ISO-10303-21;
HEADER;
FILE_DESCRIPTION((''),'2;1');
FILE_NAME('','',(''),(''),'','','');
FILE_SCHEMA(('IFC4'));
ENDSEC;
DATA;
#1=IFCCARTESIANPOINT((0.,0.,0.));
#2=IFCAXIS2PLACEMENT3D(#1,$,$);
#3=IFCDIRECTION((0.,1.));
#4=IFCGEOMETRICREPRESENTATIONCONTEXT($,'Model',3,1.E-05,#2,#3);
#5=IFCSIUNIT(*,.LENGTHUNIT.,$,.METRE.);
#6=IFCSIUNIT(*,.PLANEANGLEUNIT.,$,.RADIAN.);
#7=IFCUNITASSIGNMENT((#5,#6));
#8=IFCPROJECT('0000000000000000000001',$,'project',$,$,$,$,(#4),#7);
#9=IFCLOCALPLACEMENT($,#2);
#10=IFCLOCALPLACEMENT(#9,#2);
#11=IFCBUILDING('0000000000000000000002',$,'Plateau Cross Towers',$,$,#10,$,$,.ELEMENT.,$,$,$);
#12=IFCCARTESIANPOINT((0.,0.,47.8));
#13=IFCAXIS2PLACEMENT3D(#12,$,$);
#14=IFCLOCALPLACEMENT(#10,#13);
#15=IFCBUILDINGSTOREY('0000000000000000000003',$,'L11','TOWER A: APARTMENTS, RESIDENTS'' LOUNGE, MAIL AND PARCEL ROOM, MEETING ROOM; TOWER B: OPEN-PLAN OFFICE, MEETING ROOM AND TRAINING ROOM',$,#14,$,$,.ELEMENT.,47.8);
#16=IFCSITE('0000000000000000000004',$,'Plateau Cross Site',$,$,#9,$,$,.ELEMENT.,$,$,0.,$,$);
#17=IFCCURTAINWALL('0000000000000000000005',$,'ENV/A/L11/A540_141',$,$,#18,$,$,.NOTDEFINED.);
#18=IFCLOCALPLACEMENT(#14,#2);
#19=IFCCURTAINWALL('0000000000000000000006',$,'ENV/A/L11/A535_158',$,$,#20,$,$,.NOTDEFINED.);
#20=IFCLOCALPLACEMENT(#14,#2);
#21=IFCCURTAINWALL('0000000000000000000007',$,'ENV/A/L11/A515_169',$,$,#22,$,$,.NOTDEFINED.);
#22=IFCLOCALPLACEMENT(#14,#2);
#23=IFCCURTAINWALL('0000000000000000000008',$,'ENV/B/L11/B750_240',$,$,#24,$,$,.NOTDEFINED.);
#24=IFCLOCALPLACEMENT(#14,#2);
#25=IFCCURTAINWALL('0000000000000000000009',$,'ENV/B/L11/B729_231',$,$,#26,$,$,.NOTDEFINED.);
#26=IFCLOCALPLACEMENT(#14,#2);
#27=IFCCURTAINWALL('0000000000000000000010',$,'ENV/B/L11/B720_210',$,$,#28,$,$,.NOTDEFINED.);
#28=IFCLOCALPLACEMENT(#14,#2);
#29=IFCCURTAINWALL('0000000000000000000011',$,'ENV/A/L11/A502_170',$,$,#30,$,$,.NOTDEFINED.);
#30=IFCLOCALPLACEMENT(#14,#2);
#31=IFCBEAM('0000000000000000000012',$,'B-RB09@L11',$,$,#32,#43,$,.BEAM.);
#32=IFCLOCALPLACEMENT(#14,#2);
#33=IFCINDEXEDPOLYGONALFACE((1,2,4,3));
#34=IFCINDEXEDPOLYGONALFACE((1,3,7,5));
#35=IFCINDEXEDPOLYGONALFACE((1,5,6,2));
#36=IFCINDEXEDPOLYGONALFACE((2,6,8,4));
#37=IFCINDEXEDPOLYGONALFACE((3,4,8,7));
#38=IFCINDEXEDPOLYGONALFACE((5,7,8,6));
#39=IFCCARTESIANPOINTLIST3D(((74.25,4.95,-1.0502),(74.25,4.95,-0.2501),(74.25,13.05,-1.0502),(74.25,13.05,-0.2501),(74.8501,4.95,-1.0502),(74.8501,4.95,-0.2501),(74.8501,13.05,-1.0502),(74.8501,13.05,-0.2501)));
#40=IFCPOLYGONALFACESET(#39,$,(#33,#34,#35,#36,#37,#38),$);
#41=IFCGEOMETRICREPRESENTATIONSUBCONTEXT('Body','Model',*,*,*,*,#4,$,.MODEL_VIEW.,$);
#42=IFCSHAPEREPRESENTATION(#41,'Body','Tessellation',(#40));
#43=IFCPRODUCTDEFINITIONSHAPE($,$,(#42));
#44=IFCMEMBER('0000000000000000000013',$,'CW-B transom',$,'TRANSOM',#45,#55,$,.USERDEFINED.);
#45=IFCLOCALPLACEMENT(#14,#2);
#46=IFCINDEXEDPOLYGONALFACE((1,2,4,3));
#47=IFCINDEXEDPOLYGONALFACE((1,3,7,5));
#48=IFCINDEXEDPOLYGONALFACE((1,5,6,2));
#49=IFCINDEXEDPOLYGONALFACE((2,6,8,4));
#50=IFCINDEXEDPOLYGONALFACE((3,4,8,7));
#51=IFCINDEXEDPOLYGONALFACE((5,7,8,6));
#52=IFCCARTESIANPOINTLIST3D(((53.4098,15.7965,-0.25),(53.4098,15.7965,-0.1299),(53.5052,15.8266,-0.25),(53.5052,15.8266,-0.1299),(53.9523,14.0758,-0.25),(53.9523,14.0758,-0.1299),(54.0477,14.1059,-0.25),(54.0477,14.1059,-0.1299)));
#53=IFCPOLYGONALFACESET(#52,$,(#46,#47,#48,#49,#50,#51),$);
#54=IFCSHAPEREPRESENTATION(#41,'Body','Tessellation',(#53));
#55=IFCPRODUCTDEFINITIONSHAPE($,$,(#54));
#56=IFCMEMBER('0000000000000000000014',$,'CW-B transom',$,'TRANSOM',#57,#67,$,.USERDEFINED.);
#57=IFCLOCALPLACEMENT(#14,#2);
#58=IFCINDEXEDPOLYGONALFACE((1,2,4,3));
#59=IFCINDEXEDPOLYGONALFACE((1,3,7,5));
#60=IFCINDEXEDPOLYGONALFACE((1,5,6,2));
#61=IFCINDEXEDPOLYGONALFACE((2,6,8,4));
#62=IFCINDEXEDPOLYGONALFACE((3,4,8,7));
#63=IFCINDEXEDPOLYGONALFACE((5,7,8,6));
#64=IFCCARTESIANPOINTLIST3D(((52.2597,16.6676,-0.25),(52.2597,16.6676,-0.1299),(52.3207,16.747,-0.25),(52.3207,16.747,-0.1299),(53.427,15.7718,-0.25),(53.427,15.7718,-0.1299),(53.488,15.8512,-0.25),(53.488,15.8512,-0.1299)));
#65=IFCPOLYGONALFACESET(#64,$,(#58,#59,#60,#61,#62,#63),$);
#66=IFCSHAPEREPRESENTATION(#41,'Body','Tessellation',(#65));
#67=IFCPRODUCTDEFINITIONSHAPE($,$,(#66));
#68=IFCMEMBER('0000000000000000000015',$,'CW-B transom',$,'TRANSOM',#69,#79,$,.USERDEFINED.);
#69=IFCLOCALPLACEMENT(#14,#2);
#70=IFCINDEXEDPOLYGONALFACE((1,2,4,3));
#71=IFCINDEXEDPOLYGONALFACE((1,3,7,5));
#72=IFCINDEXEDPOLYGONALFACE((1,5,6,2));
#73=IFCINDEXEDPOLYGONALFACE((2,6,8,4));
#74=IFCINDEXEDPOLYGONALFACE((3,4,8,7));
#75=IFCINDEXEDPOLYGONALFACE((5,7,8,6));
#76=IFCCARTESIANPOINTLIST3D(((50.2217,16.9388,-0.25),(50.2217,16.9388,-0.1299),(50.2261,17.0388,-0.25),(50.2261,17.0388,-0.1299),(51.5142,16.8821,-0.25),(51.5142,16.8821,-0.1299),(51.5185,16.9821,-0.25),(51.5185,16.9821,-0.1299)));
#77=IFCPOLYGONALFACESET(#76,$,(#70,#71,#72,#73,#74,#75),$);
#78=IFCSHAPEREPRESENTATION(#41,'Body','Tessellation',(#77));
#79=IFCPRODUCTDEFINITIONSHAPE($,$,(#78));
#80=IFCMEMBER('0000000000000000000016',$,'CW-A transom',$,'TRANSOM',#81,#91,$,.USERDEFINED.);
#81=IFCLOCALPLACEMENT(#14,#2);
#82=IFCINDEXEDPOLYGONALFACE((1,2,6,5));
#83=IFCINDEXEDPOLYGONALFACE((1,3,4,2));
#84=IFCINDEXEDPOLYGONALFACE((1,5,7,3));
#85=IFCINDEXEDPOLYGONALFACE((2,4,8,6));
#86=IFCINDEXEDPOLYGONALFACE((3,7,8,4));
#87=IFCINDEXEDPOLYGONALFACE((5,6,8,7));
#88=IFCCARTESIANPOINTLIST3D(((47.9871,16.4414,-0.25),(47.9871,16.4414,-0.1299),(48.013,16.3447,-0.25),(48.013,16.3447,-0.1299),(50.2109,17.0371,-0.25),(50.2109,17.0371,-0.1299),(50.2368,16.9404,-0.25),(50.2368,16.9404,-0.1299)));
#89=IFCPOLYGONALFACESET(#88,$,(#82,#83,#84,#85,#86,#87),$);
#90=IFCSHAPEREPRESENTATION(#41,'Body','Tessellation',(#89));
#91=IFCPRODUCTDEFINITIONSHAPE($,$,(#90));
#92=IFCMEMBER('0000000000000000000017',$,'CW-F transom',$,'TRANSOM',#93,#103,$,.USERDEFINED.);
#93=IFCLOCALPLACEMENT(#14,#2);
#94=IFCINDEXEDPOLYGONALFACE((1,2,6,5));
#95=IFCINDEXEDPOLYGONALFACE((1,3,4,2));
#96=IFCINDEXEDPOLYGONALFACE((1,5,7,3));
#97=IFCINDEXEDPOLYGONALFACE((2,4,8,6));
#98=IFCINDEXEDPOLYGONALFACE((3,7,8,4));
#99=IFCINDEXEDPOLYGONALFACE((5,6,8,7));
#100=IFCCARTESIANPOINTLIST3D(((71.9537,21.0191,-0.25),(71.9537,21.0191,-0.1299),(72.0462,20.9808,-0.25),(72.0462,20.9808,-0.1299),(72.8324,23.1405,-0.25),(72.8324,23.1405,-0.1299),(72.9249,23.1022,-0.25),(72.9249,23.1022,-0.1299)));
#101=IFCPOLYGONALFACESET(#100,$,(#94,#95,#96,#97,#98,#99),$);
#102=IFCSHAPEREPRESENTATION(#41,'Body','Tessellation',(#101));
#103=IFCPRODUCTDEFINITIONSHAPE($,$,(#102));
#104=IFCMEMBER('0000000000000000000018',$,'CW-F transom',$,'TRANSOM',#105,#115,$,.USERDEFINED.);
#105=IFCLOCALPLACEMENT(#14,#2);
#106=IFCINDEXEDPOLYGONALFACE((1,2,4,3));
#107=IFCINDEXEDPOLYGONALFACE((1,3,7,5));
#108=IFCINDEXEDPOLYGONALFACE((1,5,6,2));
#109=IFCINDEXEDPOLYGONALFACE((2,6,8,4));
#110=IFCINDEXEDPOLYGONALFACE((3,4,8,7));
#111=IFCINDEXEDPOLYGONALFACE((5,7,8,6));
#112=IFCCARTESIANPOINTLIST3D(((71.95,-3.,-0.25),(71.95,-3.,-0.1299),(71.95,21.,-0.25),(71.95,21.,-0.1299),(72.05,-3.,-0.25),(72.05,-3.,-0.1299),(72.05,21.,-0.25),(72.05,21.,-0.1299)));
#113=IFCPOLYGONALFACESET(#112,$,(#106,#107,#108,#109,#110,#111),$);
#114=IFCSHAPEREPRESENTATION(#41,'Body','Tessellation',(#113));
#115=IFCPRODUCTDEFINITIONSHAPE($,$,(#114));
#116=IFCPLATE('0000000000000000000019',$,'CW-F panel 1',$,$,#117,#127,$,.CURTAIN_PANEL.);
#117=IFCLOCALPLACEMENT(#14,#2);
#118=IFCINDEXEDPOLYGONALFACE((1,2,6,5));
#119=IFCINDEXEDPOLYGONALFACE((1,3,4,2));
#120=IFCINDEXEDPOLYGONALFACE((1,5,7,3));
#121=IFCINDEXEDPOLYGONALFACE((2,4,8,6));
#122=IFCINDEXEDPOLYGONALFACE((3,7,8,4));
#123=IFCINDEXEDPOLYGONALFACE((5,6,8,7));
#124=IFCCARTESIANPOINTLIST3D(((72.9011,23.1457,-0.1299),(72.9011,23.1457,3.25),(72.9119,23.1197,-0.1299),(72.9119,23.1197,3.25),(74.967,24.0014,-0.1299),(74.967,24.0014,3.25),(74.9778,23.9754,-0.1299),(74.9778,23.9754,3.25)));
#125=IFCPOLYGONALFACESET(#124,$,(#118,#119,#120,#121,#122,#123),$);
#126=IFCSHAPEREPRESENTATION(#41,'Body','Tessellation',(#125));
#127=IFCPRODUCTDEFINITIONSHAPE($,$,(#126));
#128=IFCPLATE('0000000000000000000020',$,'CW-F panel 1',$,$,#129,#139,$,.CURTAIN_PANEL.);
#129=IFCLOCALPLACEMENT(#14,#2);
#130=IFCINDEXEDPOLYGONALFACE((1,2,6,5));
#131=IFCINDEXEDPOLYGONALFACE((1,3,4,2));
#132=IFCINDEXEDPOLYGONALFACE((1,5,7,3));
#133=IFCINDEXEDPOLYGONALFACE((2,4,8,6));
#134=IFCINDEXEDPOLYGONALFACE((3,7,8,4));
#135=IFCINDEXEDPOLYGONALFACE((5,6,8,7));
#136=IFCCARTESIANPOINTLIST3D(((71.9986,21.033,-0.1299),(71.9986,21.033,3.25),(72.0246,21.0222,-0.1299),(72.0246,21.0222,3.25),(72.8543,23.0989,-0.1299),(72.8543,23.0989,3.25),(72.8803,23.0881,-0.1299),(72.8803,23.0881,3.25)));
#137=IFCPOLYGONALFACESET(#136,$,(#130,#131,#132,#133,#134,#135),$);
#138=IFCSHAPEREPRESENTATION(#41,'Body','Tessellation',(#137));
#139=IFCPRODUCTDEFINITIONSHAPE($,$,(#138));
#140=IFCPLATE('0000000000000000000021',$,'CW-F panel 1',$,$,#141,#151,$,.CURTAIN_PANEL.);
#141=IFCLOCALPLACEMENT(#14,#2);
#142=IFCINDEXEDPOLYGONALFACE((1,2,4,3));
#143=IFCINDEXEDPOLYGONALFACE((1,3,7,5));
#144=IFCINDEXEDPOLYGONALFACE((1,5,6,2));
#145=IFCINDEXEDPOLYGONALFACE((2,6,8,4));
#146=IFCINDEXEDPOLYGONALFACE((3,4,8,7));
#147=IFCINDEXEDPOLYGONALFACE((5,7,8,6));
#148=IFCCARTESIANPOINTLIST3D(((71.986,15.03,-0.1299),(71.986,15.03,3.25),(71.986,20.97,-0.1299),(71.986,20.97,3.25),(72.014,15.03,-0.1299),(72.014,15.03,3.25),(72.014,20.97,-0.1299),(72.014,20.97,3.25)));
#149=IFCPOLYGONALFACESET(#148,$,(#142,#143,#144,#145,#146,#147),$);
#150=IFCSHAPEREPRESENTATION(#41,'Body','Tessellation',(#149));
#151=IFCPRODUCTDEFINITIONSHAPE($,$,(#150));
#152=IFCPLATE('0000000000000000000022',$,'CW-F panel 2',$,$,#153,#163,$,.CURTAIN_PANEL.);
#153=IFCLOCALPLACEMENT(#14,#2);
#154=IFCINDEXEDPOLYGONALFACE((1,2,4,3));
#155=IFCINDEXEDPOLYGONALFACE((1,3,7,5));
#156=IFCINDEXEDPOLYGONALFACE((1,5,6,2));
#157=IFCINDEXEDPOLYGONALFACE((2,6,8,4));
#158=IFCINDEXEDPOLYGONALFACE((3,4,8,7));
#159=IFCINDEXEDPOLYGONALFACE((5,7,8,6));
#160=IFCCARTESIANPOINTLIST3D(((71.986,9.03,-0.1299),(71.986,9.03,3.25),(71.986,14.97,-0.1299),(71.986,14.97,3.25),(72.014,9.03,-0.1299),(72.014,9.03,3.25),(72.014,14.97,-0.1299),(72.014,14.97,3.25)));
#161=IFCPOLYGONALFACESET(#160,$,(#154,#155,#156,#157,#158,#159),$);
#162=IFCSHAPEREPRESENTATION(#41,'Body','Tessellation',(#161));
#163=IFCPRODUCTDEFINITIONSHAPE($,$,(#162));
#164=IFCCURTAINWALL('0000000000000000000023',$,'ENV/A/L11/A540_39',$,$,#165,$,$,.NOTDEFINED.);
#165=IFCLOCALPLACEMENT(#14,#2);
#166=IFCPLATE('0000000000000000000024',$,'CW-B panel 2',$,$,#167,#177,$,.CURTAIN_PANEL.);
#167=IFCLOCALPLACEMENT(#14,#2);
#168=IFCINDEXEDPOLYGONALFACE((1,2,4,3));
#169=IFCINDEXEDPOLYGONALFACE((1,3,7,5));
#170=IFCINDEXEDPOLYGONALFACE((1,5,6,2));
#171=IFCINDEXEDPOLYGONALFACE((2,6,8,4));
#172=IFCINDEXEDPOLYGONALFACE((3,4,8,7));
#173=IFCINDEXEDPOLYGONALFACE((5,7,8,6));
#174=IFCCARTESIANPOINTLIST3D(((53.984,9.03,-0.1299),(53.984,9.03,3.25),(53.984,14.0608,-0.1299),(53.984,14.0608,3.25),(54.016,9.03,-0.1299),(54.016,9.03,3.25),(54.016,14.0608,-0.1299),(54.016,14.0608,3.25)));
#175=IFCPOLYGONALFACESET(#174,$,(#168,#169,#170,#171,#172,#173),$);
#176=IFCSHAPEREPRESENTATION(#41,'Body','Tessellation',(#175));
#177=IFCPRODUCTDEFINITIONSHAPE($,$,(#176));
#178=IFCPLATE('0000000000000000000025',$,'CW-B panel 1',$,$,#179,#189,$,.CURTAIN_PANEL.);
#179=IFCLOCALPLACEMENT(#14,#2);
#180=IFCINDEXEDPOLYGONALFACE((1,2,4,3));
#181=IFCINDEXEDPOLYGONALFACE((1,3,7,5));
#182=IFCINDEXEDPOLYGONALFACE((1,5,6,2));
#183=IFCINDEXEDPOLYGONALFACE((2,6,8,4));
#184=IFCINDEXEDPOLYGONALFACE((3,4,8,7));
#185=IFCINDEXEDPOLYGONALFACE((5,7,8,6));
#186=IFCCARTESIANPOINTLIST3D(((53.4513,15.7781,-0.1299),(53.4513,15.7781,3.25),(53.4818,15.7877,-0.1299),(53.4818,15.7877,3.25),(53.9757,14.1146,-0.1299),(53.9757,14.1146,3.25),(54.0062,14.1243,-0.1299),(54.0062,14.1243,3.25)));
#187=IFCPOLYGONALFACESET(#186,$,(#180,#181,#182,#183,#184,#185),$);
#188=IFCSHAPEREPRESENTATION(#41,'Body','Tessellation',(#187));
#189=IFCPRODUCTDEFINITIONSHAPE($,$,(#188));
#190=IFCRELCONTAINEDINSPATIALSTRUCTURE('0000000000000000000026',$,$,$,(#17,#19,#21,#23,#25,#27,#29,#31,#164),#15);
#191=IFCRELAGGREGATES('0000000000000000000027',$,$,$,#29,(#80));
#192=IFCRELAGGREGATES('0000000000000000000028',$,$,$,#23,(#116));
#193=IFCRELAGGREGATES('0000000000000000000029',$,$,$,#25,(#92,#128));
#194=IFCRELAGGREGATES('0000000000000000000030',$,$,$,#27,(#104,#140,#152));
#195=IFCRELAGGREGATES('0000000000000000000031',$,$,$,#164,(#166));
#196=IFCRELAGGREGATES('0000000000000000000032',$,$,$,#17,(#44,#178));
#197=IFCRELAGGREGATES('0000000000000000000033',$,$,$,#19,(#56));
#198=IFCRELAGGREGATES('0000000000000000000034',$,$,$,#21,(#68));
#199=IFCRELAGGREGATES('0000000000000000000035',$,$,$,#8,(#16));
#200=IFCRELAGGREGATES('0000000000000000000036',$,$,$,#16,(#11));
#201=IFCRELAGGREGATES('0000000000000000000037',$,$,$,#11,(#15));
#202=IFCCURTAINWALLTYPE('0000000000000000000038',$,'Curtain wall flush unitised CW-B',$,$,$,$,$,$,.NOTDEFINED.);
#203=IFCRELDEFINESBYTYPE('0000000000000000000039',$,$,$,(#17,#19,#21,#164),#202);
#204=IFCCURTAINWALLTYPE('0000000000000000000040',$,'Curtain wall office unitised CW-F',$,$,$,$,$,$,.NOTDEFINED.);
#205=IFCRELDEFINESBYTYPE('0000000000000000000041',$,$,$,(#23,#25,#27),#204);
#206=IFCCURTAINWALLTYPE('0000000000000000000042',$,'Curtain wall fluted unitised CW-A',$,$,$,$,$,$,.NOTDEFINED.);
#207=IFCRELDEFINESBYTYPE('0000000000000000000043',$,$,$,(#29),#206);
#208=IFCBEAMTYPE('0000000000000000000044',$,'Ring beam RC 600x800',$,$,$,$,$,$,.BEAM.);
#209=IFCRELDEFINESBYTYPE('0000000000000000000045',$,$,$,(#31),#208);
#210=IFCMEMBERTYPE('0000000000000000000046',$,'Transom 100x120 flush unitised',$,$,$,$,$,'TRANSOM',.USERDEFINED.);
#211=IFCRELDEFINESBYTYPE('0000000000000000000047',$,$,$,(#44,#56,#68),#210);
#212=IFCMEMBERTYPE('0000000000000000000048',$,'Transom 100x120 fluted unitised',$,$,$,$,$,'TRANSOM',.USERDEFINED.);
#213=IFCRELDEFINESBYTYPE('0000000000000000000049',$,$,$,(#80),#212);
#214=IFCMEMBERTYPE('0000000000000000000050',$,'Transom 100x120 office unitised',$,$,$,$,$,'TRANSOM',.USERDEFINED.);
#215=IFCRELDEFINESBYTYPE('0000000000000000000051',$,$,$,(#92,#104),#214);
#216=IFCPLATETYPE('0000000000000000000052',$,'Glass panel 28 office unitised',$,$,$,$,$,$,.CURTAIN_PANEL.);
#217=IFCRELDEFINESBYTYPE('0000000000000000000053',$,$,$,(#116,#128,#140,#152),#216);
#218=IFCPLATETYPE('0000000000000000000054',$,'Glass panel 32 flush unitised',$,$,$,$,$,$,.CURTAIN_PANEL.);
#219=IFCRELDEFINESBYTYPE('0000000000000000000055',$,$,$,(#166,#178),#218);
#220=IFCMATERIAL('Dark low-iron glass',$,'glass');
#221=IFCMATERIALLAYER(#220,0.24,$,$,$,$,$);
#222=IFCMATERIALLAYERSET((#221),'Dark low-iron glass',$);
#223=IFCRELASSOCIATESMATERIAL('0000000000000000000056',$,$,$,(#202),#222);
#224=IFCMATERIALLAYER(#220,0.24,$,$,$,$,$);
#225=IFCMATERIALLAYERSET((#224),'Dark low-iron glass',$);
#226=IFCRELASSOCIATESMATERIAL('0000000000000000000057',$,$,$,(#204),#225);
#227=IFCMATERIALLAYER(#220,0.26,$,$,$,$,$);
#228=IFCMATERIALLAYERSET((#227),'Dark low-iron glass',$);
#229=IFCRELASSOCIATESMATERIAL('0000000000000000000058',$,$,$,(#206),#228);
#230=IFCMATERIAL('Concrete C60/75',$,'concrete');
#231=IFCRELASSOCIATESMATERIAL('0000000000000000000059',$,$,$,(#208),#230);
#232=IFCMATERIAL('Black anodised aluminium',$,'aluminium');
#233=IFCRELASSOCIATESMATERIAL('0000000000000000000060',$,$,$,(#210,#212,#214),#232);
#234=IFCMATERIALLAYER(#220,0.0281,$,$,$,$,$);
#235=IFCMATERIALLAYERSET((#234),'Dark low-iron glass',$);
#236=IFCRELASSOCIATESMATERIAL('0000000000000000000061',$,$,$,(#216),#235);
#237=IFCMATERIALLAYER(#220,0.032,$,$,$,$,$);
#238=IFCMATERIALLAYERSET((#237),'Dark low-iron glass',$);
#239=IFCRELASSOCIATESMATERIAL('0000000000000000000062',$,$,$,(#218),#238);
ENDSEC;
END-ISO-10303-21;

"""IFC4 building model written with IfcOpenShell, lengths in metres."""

from ifc_helpers import new_model, si_unit, direction, frame, origin, origin_2d, place, context, subcontext, project, spatial, rectangle, extrude, material, layer, layer_set, material_profile, profile_set, type_object, element, aggregate, save


model = new_model("IFC4")

# Units and contexts
model_context = context("Model", 3, precision=1e-05, world=origin(), true_north=direction((0.0, 1.0)))
body_context = subcontext(model_context, "Body", "Model", "MODEL_VIEW")
ifc_project = project(units=[si_unit("LENGTHUNIT", "METRE"), si_unit("PLANEANGLEUNIT", "RADIAN")], contexts=[model_context])

# Site, building, storey
site_placement = place(None, origin())
site = spatial("IfcSite", under=ifc_project, at=site_placement, Name="Plateau Cross Site", CompositionType="ELEMENT", RefElevation=0.0)
building_placement = place(site_placement, origin())
building = spatial("IfcBuilding", under=site, at=building_placement, Name="Plateau Cross Towers", CompositionType="ELEMENT")
storey_placement = place(building_placement, frame((0.0, 0.0, 47.8)))
storey = spatial("IfcBuildingStorey", under=building, at=storey_placement, Name="L11", Description="TOWER A: APARTMENTS, RESIDENTS' LOUNGE, MAIL AND PARCEL ROOM, MEETING ROOM; TOWER B: OPEN-PLAN OFFICE, MEETING ROOM AND TRAINING ROOM", CompositionType="ELEMENT", Elevation=47.8)

# Shared definitions
ifc_material_1 = material(Name="Concrete C60/75", Category="concrete")

# Curtain wall
ifc_material_2 = material(Name="Dark low-iron glass", Category="glass")
ifc_layer_1 = layer(ifc_material_2, 0.24)
ifc_layer_set_1 = layer_set([ifc_layer_1], Name="Dark low-iron glass")
curtain_wall_type_1 = type_object("IfcCurtainWallType", Name="Curtain wall flush unitised CW-B", PredefinedType="NOTDEFINED", material=ifc_layer_set_1)
curtain_wall_1_placement = place(storey_placement, origin())
curtain_wall_1 = element("IfcCurtainWall", 1, at=curtain_wall_1_placement, inside=storey, type_object=curtain_wall_type_1, Name="ENV/A/L11/A540_141", PredefinedType="NOTDEFINED")
ifc_material_3 = material(Name="Black anodised aluminium", Category="aluminium")

# Curtain wall
curtain_wall_2_placement = place(storey_placement, origin())
curtain_wall_2 = element("IfcCurtainWall", 2, at=curtain_wall_2_placement, inside=storey, type_object=curtain_wall_type_1, Name="ENV/A/L11/A535_158", PredefinedType="NOTDEFINED")

# Curtain walls
curtain_wall_3_placement = place(storey_placement, origin())
curtain_wall_3 = element("IfcCurtainWall", 3, at=curtain_wall_3_placement, inside=storey, type_object=curtain_wall_type_1, Name="ENV/A/L11/A515_169", PredefinedType="NOTDEFINED")
ifc_layer_2 = layer(ifc_material_2, 0.24)
ifc_layer_set_2 = layer_set([ifc_layer_2], Name="Dark low-iron glass")
curtain_wall_type_2 = type_object("IfcCurtainWallType", Name="Curtain wall office unitised CW-F", PredefinedType="NOTDEFINED", material=ifc_layer_set_2)
curtain_wall_4_placement = place(storey_placement, origin())
curtain_wall_4 = element("IfcCurtainWall", 4, at=curtain_wall_4_placement, inside=storey, type_object=curtain_wall_type_2, Name="ENV/B/L11/B750_240", PredefinedType="NOTDEFINED")
curtain_wall_5_placement = place(storey_placement, origin())
curtain_wall_5 = element("IfcCurtainWall", 5, at=curtain_wall_5_placement, inside=storey, type_object=curtain_wall_type_2, Name="ENV/B/L11/B729_231", PredefinedType="NOTDEFINED")

# Curtain wall
curtain_wall_6_placement = place(storey_placement, origin())
curtain_wall_6 = element("IfcCurtainWall", 6, at=curtain_wall_6_placement, inside=storey, type_object=curtain_wall_type_2, Name="ENV/B/L11/B720_210", PredefinedType="NOTDEFINED")

# Curtain wall
ifc_layer_3 = layer(ifc_material_2, 0.26)
ifc_layer_set_3 = layer_set([ifc_layer_3], Name="Dark low-iron glass")
curtain_wall_type_3 = type_object("IfcCurtainWallType", Name="Curtain wall fluted unitised CW-A", PredefinedType="NOTDEFINED", material=ifc_layer_set_3)
curtain_wall_7_placement = place(storey_placement, origin())
curtain_wall_7 = element("IfcCurtainWall", 7, at=curtain_wall_7_placement, inside=storey, type_object=curtain_wall_type_3, Name="ENV/A/L11/A502_170", PredefinedType="NOTDEFINED")

# Beam
ifc_material_profile_1 = material_profile(ifc_material_1, rectangle(XDim=0.6001, YDim=0.8, at=origin_2d()), Name="RC 600x800")
ifc_profile_set_1 = profile_set([ifc_material_profile_1], Name="Concrete C60/75")
beam_type = type_object("IfcBeamType", Name="Ring beam RC 600x800", PredefinedType="BEAM", material=ifc_profile_set_1)
for number, where, z_axis, x_axis, name in (
    (8, (74.55, 13.05, -0.6501), (0.0, -1.0, 0.0), (1.0, 0.0, 0.0), "B-RB09@L11"),
):
    element("IfcBeam", number, at=place(storey_placement, frame(where, z_axis=z_axis, x_axis=x_axis)), inside=storey, type_object=beam_type, Name=name, PredefinedType="BEAM", context=body_context, shape_type="SweptSolid", body=[
        extrude(rectangle(XDim=0.6001, YDim=0.8, at=origin_2d()), origin(), (0.0, 0.0, 1.0), 8.1001),
    ])

# Members
ifc_material_profile_2 = material_profile(ifc_material_3, rectangle(XDim=0.1001, YDim=0.1201, at=origin_2d()), Name="TRANSOM 100x120")
ifc_profile_set_2 = profile_set([ifc_material_profile_2], Name="Black anodised aluminium")
member_type_1 = type_object("IfcMemberType", Name="Transom 100x120 flush unitised", ElementType="TRANSOM", PredefinedType="USERDEFINED", material=ifc_profile_set_2)
member_1_placement = place(storey_placement, frame((54.0, 14.0908, -0.1899), z_axis=(-0.300678, 0.953726, 0.0), x_axis=(-0.953726, -0.300678, 0.0)))
member_1 = element("IfcMember", 9, at=member_1_placement, type_object=member_type_1, Name="CW-B transom", ObjectType="TRANSOM", PredefinedType="USERDEFINED", context=body_context, shape_type="SweptSolid", body=[
    extrude(rectangle(XDim=0.1001, YDim=0.1201, at=origin_2d()), origin(), (0.0, 0.0, 1.0), 1.8042),
])
member_2_placement = place(storey_placement, frame((53.4575, 15.8115, -0.1899), z_axis=(-0.793321, 0.608804, 0.0), x_axis=(-0.608804, -0.793321, 0.0)))
member_2 = element("IfcMember", 10, at=member_2_placement, type_object=member_type_1, Name="CW-B transom", ObjectType="TRANSOM", PredefinedType="USERDEFINED", context=body_context, shape_type="SweptSolid", body=[
    extrude(rectangle(XDim=0.1001, YDim=0.1201, at=origin_2d()), origin(), (0.0, 0.0, 1.0), 1.4714),
])
member_3_placement = place(storey_placement, frame((51.5164, 16.9321, -0.1899), z_axis=(-0.999041, 0.043781, 0.0), x_axis=(-0.043781, -0.999041, 0.0)))
member_3 = element("IfcMember", 11, at=member_3_placement, type_object=member_type_1, Name="CW-B transom", ObjectType="TRANSOM", PredefinedType="USERDEFINED", context=body_context, shape_type="SweptSolid", body=[
    extrude(rectangle(XDim=0.1001, YDim=0.1201, at=origin_2d()), origin(), (0.0, 0.0, 1.0), 1.2937),
])
ifc_material_profile_3 = material_profile(ifc_material_3, rectangle(XDim=0.1001, YDim=0.1201, at=origin_2d()), Name="TRANSOM 100x120")
ifc_profile_set_3 = profile_set([ifc_material_profile_3], Name="Black anodised aluminium")
member_type_2 = type_object("IfcMemberType", Name="Transom 100x120 fluted unitised", ElementType="TRANSOM", PredefinedType="USERDEFINED", material=ifc_profile_set_3)
member_4_placement = place(storey_placement, frame((50.2239, 16.9888, -0.1899), z_axis=(-0.965946, -0.258745, 0.0), x_axis=(0.258745, -0.965946, 0.0)))
member_4 = element("IfcMember", 12, at=member_4_placement, type_object=member_type_2, Name="CW-A transom", ObjectType="TRANSOM", PredefinedType="USERDEFINED", context=body_context, shape_type="SweptSolid", body=[
    extrude(rectangle(XDim=0.1001, YDim=0.1201, at=origin_2d()), origin(), (0.0, 0.0, 1.0), 2.3022),
])
aggregate(curtain_wall_7, [member_4])
ifc_material_profile_4 = material_profile(ifc_material_3, rectangle(XDim=0.1001, YDim=0.1201, at=origin_2d()), Name="TRANSOM 100x120")
ifc_profile_set_4 = profile_set([ifc_material_profile_4], Name="Black anodised aluminium")
member_type_3 = type_object("IfcMemberType", Name="Transom 100x120 office unitised", ElementType="TRANSOM", PredefinedType="USERDEFINED", material=ifc_profile_set_4)
member_5_placement = place(storey_placement, frame((72.8787, 23.1213, -0.1899), z_axis=(-0.382674, -0.923883, 0.0), x_axis=(0.923883, -0.382674, 0.0)))
member_5 = element("IfcMember", 13, at=member_5_placement, type_object=member_type_3, Name="CW-F transom", ObjectType="TRANSOM", PredefinedType="USERDEFINED", context=body_context, shape_type="SweptSolid", body=[
    extrude(rectangle(XDim=0.1001, YDim=0.1201, at=origin_2d()), origin(), (0.0, 0.0, 1.0), 2.2961),
])
member_6_placement = place(storey_placement, frame((72.0, 21.0, -0.1899), z_axis=(0.0, -1.0, 0.0), x_axis=(1.0, 0.0, 0.0)))
member_6 = element("IfcMember", 14, at=member_6_placement, type_object=member_type_3, Name="CW-F transom", ObjectType="TRANSOM", PredefinedType="USERDEFINED", context=body_context, shape_type="SweptSolid", body=[
    extrude(rectangle(XDim=0.1001, YDim=0.1201, at=origin_2d()), origin(), (0.0, 0.0, 1.0), 24.0),
])

# Plates
ifc_layer_4 = layer(ifc_material_2, 0.0281)
ifc_layer_set_4 = layer_set([ifc_layer_4], Name="Dark low-iron glass")
plate_type_1 = type_object("IfcPlateType", Name="Glass panel 28 office unitised", PredefinedType="CURTAIN_PANEL", material=ifc_layer_set_4)
plate_1_placement = place(storey_placement, frame((73.9395, 23.5605, -0.1299), z_axis=(0.0, 0.0, 1.0), x_axis=(-0.923879, -0.382684, 0.0)))
plate_1 = element("IfcPlate", 15, at=plate_1_placement, type_object=plate_type_1, Name="CW-F panel 1", PredefinedType="CURTAIN_PANEL", context=body_context, shape_type="SweptSolid", body=[
    extrude(rectangle(XDim=2.2361, YDim=0.0281, at=origin_2d()), origin(), (0.0, 0.0, 1.0), 3.3799),
])
aggregate(curtain_wall_4, [plate_1])
plate_2_placement = place(storey_placement, frame((72.4395, 22.0605, -0.1299), z_axis=(0.0, 0.0, 1.0), x_axis=(-0.382684, -0.923879, 0.0)))
plate_2 = element("IfcPlate", 16, at=plate_2_placement, type_object=plate_type_1, Name="CW-F panel 1", PredefinedType="CURTAIN_PANEL", context=body_context, shape_type="SweptSolid", body=[
    extrude(rectangle(XDim=2.2361, YDim=0.0281, at=origin_2d()), origin(), (0.0, 0.0, 1.0), 3.3799),
])
aggregate(curtain_wall_5, [member_5, plate_2])
plate_3_placement = place(storey_placement, frame((72.0, 18.0, -0.1299), z_axis=(0.0, 0.0, 1.0), x_axis=(0.0, -1.0, 0.0)))
plate_3 = element("IfcPlate", 17, at=plate_3_placement, type_object=plate_type_1, Name="CW-F panel 1", PredefinedType="CURTAIN_PANEL", context=body_context, shape_type="SweptSolid", body=[
    extrude(rectangle(XDim=5.9399, YDim=0.0281, at=origin_2d()), origin(), (0.0, 0.0, 1.0), 3.3799),
])
plate_4_placement = place(storey_placement, frame((72.0, 12.0, -0.1299), z_axis=(0.0, 0.0, 1.0), x_axis=(0.0, -1.0, 0.0)))
plate_4 = element("IfcPlate", 18, at=plate_4_placement, type_object=plate_type_1, Name="CW-F panel 2", PredefinedType="CURTAIN_PANEL", context=body_context, shape_type="SweptSolid", body=[
    extrude(rectangle(XDim=5.9399, YDim=0.0281, at=origin_2d()), origin(), (0.0, 0.0, 1.0), 3.3799),
])
aggregate(curtain_wall_6, [member_6, plate_3, plate_4])

# Curtain wall, plate
curtain_wall_8_placement = place(storey_placement, origin())
curtain_wall_8 = element("IfcCurtainWall", 19, at=curtain_wall_8_placement, inside=storey, type_object=curtain_wall_type_1, Name="ENV/A/L11/A540_39", PredefinedType="NOTDEFINED")
ifc_layer_5 = layer(ifc_material_2, 0.032)
ifc_layer_set_5 = layer_set([ifc_layer_5], Name="Dark low-iron glass")
plate_type_2 = type_object("IfcPlateType", Name="Glass panel 32 flush unitised", PredefinedType="CURTAIN_PANEL", material=ifc_layer_set_5)
plate_5_placement = place(storey_placement, frame((54.0, 11.5454, -0.1299), z_axis=(0.0, 0.0, 1.0), x_axis=(0.0, 1.0, 0.0)))
plate_5 = element("IfcPlate", 20, at=plate_5_placement, type_object=plate_type_2, Name="CW-B panel 2", PredefinedType="CURTAIN_PANEL", context=body_context, shape_type="SweptSolid", body=[
    extrude(rectangle(XDim=5.0308, YDim=0.032, at=origin_2d()), origin(), (0.0, 0.0, 1.0), 3.3799),
])
aggregate(curtain_wall_8, [plate_5])

# Plate
plate_6_placement = place(storey_placement, frame((53.7288, 14.9512, -0.1299), z_axis=(0.0, 0.0, 1.0), x_axis=(-0.300686, 0.953723, 0.0)))
plate_6 = element("IfcPlate", 21, at=plate_6_placement, type_object=plate_type_2, Name="CW-B panel 1", PredefinedType="CURTAIN_PANEL", context=body_context, shape_type="SweptSolid", body=[
    extrude(rectangle(XDim=1.7441, YDim=0.032, at=origin_2d()), origin(), (0.0, 0.0, 1.0), 3.3799),
])
aggregate(curtain_wall_1, [member_1, plate_6])
aggregate(curtain_wall_2, [member_2])
aggregate(curtain_wall_3, [member_3])

save(model, "model.ifc")
